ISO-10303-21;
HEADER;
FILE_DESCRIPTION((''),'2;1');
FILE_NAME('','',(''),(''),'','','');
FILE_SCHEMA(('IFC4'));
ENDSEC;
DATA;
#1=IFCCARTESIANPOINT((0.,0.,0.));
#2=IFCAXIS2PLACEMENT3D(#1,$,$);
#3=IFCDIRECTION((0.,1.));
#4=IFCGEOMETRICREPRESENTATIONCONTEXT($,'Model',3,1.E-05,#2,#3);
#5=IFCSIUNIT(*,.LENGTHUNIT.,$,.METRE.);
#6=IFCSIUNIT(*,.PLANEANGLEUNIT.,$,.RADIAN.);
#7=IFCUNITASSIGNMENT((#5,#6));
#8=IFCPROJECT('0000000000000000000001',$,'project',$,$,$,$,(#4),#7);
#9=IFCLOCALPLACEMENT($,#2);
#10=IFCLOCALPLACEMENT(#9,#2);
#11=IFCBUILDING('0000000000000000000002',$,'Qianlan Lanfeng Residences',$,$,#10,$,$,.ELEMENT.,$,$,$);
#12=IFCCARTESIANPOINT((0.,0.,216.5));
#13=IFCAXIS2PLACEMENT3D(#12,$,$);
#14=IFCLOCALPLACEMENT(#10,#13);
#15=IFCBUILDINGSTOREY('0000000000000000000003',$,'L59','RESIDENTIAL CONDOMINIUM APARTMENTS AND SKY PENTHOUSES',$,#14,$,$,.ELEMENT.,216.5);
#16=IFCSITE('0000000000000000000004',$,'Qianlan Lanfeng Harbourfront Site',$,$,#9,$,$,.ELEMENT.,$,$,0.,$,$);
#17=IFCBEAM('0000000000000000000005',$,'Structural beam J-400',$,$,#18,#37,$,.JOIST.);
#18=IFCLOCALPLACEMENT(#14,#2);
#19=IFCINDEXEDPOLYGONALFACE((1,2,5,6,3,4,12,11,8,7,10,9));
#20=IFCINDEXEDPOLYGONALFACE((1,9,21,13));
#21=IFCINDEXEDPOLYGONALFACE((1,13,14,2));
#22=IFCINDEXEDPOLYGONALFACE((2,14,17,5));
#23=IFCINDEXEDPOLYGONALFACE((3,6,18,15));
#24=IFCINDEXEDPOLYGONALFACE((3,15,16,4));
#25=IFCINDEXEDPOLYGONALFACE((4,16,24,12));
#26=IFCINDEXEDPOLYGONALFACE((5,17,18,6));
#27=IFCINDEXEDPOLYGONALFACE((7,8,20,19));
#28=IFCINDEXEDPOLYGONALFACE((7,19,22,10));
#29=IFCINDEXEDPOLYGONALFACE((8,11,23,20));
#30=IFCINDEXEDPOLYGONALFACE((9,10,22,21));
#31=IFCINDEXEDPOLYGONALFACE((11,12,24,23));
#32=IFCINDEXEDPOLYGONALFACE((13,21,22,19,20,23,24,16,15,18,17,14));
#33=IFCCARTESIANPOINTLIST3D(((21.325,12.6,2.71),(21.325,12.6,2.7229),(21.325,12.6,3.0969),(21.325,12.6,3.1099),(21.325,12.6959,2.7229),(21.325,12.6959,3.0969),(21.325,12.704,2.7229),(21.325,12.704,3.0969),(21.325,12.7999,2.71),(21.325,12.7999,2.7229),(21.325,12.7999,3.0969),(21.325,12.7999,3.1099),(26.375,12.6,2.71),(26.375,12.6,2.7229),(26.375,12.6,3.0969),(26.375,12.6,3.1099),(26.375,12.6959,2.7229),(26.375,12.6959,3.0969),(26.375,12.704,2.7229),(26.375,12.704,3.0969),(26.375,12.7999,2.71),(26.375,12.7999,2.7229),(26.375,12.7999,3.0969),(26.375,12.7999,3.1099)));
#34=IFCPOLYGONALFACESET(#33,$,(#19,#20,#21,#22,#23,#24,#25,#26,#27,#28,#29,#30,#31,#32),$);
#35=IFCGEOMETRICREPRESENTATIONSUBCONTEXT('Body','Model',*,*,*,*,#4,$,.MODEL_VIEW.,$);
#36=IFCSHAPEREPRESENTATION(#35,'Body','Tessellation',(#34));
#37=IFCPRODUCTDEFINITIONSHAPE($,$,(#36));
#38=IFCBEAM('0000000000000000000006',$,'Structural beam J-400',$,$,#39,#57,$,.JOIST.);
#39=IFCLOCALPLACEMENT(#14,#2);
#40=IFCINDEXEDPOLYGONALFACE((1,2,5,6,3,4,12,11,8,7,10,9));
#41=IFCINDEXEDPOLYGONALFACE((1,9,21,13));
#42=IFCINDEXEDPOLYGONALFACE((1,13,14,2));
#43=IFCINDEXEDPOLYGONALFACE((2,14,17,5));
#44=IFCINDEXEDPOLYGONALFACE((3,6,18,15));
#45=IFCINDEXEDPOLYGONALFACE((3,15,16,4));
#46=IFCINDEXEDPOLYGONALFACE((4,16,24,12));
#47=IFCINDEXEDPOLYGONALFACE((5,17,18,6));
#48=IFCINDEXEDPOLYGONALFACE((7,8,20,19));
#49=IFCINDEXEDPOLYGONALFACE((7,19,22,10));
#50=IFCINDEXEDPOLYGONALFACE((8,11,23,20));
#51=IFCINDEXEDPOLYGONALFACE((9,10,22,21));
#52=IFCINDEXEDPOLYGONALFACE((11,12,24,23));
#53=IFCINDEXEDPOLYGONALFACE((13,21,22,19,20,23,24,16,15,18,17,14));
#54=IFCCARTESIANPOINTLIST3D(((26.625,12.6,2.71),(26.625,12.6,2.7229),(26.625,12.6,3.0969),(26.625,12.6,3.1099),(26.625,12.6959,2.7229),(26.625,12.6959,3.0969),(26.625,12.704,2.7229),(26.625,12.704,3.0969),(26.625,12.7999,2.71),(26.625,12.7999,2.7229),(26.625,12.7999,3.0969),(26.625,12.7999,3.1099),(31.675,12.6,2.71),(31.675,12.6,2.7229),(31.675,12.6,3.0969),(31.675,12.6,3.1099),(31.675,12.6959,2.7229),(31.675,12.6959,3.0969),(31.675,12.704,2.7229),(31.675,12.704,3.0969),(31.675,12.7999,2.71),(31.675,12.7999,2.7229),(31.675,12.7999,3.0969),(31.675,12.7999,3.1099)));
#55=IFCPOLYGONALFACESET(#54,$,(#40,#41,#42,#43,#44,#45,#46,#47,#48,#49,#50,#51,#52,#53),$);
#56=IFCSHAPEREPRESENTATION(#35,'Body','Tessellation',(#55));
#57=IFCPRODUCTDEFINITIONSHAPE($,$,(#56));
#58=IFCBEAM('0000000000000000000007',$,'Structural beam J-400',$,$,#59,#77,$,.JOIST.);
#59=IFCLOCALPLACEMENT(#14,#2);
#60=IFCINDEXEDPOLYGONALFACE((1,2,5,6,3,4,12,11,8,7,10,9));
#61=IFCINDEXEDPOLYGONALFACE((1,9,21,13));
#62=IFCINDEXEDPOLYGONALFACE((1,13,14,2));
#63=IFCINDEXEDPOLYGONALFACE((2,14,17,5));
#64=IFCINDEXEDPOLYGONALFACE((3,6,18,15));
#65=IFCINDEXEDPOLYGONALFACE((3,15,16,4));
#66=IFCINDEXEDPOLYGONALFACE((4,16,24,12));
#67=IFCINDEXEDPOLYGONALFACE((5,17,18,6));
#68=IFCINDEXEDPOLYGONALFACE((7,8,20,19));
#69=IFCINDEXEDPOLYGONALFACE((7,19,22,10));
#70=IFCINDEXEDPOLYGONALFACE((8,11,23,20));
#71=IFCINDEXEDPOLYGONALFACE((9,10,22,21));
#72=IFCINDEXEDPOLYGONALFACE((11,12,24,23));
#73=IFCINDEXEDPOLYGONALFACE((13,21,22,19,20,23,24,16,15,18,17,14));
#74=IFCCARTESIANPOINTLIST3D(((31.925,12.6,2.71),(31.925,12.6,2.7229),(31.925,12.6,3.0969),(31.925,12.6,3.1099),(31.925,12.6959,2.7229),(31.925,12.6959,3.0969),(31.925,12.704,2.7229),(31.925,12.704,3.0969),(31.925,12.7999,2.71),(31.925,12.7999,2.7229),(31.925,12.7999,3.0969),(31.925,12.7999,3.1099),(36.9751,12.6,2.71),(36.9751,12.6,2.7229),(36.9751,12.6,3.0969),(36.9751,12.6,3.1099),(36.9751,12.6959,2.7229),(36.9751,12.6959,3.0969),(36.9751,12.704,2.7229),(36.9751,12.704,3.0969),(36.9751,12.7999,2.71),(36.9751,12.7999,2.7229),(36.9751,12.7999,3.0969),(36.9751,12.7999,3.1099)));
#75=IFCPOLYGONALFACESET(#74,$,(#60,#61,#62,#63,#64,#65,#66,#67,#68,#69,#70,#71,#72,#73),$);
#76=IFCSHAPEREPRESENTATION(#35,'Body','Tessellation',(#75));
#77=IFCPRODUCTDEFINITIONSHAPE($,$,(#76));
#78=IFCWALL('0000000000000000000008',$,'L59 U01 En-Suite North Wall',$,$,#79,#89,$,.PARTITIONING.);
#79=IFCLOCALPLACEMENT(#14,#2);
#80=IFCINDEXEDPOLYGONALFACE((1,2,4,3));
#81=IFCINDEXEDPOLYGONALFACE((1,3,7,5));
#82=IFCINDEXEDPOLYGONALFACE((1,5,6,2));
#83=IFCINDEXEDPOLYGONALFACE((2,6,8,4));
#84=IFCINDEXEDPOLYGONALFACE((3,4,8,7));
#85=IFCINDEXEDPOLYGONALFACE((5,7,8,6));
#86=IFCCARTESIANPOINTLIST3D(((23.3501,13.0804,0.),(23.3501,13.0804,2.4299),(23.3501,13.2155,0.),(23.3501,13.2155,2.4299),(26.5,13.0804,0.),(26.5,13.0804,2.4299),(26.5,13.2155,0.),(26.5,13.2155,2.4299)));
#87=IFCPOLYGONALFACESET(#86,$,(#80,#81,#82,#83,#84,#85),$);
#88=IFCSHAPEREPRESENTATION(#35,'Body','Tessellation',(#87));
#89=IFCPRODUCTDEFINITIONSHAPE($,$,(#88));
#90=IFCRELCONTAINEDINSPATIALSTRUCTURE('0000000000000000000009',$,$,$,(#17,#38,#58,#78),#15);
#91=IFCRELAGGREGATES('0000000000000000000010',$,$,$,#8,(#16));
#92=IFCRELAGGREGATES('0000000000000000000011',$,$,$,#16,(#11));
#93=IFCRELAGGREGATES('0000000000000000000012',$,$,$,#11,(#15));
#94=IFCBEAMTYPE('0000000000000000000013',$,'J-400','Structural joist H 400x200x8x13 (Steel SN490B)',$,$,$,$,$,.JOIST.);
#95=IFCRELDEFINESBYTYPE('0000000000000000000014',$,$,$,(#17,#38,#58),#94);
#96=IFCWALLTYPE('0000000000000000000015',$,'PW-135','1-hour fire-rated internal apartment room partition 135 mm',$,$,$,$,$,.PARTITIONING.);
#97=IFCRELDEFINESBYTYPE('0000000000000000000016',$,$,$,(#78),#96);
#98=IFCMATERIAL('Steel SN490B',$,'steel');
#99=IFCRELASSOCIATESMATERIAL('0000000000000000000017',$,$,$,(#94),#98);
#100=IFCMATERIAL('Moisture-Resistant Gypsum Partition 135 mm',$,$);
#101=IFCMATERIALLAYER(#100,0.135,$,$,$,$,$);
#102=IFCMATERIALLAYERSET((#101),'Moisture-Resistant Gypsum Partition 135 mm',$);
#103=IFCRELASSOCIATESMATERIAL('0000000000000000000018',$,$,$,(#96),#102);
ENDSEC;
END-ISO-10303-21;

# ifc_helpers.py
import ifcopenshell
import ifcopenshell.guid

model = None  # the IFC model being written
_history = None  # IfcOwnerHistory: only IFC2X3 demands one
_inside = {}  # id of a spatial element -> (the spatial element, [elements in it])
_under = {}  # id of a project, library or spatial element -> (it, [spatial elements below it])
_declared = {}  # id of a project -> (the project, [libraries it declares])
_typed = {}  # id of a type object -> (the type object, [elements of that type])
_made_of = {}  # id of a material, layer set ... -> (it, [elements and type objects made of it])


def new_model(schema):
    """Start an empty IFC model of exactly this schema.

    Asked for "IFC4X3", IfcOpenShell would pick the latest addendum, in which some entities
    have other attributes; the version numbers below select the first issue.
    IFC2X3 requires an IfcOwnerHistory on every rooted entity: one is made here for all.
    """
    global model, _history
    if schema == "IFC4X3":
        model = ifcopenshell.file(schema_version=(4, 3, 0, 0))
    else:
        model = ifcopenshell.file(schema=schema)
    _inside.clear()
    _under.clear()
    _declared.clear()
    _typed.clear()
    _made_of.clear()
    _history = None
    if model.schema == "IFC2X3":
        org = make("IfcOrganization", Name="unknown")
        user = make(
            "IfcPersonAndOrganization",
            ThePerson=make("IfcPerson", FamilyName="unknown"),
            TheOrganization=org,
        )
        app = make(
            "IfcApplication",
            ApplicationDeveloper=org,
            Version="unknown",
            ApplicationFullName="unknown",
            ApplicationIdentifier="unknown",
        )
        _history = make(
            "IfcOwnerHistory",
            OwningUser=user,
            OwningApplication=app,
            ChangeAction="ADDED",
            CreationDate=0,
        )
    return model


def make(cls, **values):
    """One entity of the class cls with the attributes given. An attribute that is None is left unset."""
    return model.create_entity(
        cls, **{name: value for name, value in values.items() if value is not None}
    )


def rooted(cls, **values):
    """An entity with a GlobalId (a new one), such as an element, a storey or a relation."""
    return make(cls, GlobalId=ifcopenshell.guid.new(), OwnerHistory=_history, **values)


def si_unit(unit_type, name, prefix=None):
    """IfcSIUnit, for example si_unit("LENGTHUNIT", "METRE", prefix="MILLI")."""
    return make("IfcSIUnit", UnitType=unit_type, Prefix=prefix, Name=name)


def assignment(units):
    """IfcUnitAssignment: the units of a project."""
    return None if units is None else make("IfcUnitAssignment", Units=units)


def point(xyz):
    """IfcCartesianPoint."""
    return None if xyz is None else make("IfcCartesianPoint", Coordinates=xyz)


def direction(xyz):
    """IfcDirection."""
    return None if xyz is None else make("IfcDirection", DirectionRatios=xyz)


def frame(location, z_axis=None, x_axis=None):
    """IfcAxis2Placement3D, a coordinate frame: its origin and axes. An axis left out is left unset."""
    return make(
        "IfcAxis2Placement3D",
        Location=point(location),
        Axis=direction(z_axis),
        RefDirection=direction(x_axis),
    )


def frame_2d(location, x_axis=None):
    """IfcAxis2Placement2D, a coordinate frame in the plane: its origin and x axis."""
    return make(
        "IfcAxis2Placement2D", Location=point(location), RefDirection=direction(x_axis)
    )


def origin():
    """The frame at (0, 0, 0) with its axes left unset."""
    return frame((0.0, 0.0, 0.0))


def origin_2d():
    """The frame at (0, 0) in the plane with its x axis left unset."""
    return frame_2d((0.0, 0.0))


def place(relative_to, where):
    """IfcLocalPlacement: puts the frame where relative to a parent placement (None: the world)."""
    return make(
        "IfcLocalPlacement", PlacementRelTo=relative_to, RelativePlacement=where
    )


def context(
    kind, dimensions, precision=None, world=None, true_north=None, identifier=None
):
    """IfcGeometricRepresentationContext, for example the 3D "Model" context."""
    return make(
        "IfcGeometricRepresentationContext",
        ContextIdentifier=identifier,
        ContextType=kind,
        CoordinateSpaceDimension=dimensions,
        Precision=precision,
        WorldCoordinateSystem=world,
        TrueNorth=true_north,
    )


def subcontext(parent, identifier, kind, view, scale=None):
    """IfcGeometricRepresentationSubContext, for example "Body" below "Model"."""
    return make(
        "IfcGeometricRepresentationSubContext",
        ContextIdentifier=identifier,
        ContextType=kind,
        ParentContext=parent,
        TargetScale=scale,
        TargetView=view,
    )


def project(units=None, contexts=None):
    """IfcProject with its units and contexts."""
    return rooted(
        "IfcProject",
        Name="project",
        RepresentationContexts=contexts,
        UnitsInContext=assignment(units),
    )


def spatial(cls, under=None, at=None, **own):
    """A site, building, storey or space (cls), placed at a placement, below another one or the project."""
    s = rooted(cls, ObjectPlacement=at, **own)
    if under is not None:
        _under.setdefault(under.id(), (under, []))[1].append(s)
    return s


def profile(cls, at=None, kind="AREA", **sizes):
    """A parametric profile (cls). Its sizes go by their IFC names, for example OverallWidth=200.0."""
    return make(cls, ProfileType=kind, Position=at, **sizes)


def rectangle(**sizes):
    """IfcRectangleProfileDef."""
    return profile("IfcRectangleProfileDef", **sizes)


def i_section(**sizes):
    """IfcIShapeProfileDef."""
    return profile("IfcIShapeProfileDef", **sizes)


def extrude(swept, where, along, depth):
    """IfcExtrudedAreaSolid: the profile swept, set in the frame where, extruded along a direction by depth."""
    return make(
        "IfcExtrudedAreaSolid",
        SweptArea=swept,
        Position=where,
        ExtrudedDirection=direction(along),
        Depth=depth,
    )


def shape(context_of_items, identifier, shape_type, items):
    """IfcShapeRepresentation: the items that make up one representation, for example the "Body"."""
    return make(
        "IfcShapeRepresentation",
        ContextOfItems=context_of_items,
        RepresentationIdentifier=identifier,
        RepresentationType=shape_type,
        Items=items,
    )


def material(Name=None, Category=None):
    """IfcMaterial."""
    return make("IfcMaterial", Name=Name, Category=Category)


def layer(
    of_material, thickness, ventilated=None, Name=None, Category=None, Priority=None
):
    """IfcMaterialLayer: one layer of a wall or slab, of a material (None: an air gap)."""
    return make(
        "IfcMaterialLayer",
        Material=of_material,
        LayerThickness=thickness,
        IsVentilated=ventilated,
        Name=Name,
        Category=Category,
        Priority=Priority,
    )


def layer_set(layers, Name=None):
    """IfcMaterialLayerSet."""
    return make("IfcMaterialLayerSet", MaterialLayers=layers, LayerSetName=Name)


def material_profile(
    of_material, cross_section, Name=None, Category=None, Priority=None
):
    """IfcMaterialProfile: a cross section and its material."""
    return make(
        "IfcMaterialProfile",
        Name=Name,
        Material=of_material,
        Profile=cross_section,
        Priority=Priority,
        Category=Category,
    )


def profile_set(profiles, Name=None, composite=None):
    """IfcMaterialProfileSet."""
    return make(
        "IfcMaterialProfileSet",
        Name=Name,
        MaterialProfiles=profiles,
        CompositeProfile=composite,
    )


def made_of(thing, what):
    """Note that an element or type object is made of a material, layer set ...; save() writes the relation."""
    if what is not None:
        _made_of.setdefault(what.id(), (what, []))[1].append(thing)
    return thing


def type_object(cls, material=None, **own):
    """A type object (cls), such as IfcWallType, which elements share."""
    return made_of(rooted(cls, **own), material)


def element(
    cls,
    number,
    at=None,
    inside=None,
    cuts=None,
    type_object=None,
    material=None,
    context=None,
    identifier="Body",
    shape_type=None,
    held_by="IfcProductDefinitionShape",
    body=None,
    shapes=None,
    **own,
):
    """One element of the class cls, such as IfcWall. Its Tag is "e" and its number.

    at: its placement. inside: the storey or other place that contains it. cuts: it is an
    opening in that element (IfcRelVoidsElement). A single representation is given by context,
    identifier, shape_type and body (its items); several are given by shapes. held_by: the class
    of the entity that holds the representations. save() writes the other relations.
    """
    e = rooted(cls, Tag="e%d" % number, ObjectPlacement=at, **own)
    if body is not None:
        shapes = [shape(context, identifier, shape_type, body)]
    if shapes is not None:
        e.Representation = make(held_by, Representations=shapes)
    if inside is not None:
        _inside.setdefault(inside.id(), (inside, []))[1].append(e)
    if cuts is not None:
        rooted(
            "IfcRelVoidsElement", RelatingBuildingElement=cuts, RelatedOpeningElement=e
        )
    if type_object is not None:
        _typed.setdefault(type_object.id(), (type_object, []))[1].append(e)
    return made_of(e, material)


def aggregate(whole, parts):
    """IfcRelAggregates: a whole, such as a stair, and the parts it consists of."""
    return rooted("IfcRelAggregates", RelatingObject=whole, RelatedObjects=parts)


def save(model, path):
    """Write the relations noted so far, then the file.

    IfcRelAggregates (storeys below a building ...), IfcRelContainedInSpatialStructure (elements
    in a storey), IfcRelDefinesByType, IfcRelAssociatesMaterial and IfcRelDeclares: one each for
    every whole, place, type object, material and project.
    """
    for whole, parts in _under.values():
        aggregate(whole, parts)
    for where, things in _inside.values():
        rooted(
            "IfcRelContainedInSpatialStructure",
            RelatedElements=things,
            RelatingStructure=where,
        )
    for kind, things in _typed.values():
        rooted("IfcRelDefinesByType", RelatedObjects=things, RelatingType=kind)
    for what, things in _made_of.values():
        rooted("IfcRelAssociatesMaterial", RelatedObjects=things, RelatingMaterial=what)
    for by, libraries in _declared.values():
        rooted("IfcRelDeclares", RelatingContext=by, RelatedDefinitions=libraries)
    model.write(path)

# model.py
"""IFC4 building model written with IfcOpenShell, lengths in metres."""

from ifc_helpers import new_model, si_unit, direction, frame, frame_2d, origin, origin_2d, place, context, subcontext, project, spatial, rectangle, i_section, extrude, material, layer, layer_set, material_profile, profile_set, type_object, element, save


model = new_model("IFC4")

# Units and contexts
model_context = context("Model", 3, precision=1e-05, world=origin(), true_north=direction((0.0, 1.0)))
body_context = subcontext(model_context, "Body", "Model", "MODEL_VIEW")
ifc_project = project(units=[si_unit("LENGTHUNIT", "METRE"), si_unit("PLANEANGLEUNIT", "RADIAN")], contexts=[model_context])

# Site, building, storey
site_placement = place(None, origin())
site = spatial("IfcSite", under=ifc_project, at=site_placement, Name="Qianlan Lanfeng Harbourfront Site", CompositionType="ELEMENT", RefElevation=0.0)
building_placement = place(site_placement, origin())
building = spatial("IfcBuilding", under=site, at=building_placement, Name="Qianlan Lanfeng Residences", CompositionType="ELEMENT")
storey_placement = place(building_placement, frame((0.0, 0.0, 216.5)))
storey = spatial("IfcBuildingStorey", under=building, at=storey_placement, Name="L59", Description="RESIDENTIAL CONDOMINIUM APARTMENTS AND SKY PENTHOUSES", CompositionType="ELEMENT", Elevation=216.5)

# Shared definitions
ifc_material_1 = material(Name="Steel SN490B", Category="steel")

# Beams
ifc_material_profile_1 = material_profile(ifc_material_1, i_section(OverallWidth=0.2, OverallDepth=0.3999, WebThickness=0.0081, FlangeThickness=0.0129, at=origin_2d()), Name="H 400x200x8x13")
ifc_profile_set_1 = profile_set([ifc_material_profile_1], Name="Steel SN490B")
beam_type_1 = type_object("IfcBeamType", Name="J-400", Description="Structural joist H 400x200x8x13 (Steel SN490B)", PredefinedType="JOIST", material=ifc_profile_set_1)
for number, where, z_axis, x_axis, name in (
    (1, (21.325, 12.7, 2.9099), (1.0, 0.0, 0.0), (0.0, 1.0, 0.0), "Structural beam J-400"),
    (2, (26.625, 12.7, 2.9099), (1.0, 0.0, 0.0), (0.0, 1.0, 0.0), "Structural beam J-400"),
    (3, (31.925, 12.7, 2.9099), (1.0, 0.0, 0.0), (0.0, 1.0, 0.0), "Structural beam J-400"),
):
    element("IfcBeam", number, at=place(storey_placement, frame(where, z_axis=z_axis, x_axis=x_axis)), inside=storey, type_object=beam_type_1, Name=name, PredefinedType="JOIST", context=body_context, shape_type="SweptSolid", body=[
        extrude(i_section(OverallWidth=0.2, OverallDepth=0.3999, WebThickness=0.0081, FlangeThickness=0.0129, at=origin_2d()), origin(), (0.0, 0.0, 1.0), 5.05),
    ])

# Wall
ifc_material_2 = material(Name="Moisture-Resistant Gypsum Partition 135 mm")
ifc_layer = layer(ifc_material_2, 0.135)
ifc_layer_set = layer_set([ifc_layer], Name="Moisture-Resistant Gypsum Partition 135 mm")
wall_type = type_object("IfcWallType", Name="PW-135", Description="1-hour fire-rated internal apartment room partition 135 mm", PredefinedType="PARTITIONING", material=ifc_layer_set)
wall_1_placement = place(storey_placement, frame((23.3501, 13.1479, 0.0), z_axis=(0.0, 0.0, 1.0), x_axis=(1.0, 0.0, 0.0)))
element("IfcWall", 4, at=wall_1_placement, inside=storey, type_object=wall_type, Name="L59 U01 En-Suite North Wall", PredefinedType="PARTITIONING", context=body_context, shape_type="SweptSolid", body=[
    extrude(rectangle(XDim=3.1499, YDim=0.135, at=frame_2d((1.575, 0.0))), origin(), (0.0, 0.0, 1.0), 2.4299),
])

save(model, "model.ifc")
